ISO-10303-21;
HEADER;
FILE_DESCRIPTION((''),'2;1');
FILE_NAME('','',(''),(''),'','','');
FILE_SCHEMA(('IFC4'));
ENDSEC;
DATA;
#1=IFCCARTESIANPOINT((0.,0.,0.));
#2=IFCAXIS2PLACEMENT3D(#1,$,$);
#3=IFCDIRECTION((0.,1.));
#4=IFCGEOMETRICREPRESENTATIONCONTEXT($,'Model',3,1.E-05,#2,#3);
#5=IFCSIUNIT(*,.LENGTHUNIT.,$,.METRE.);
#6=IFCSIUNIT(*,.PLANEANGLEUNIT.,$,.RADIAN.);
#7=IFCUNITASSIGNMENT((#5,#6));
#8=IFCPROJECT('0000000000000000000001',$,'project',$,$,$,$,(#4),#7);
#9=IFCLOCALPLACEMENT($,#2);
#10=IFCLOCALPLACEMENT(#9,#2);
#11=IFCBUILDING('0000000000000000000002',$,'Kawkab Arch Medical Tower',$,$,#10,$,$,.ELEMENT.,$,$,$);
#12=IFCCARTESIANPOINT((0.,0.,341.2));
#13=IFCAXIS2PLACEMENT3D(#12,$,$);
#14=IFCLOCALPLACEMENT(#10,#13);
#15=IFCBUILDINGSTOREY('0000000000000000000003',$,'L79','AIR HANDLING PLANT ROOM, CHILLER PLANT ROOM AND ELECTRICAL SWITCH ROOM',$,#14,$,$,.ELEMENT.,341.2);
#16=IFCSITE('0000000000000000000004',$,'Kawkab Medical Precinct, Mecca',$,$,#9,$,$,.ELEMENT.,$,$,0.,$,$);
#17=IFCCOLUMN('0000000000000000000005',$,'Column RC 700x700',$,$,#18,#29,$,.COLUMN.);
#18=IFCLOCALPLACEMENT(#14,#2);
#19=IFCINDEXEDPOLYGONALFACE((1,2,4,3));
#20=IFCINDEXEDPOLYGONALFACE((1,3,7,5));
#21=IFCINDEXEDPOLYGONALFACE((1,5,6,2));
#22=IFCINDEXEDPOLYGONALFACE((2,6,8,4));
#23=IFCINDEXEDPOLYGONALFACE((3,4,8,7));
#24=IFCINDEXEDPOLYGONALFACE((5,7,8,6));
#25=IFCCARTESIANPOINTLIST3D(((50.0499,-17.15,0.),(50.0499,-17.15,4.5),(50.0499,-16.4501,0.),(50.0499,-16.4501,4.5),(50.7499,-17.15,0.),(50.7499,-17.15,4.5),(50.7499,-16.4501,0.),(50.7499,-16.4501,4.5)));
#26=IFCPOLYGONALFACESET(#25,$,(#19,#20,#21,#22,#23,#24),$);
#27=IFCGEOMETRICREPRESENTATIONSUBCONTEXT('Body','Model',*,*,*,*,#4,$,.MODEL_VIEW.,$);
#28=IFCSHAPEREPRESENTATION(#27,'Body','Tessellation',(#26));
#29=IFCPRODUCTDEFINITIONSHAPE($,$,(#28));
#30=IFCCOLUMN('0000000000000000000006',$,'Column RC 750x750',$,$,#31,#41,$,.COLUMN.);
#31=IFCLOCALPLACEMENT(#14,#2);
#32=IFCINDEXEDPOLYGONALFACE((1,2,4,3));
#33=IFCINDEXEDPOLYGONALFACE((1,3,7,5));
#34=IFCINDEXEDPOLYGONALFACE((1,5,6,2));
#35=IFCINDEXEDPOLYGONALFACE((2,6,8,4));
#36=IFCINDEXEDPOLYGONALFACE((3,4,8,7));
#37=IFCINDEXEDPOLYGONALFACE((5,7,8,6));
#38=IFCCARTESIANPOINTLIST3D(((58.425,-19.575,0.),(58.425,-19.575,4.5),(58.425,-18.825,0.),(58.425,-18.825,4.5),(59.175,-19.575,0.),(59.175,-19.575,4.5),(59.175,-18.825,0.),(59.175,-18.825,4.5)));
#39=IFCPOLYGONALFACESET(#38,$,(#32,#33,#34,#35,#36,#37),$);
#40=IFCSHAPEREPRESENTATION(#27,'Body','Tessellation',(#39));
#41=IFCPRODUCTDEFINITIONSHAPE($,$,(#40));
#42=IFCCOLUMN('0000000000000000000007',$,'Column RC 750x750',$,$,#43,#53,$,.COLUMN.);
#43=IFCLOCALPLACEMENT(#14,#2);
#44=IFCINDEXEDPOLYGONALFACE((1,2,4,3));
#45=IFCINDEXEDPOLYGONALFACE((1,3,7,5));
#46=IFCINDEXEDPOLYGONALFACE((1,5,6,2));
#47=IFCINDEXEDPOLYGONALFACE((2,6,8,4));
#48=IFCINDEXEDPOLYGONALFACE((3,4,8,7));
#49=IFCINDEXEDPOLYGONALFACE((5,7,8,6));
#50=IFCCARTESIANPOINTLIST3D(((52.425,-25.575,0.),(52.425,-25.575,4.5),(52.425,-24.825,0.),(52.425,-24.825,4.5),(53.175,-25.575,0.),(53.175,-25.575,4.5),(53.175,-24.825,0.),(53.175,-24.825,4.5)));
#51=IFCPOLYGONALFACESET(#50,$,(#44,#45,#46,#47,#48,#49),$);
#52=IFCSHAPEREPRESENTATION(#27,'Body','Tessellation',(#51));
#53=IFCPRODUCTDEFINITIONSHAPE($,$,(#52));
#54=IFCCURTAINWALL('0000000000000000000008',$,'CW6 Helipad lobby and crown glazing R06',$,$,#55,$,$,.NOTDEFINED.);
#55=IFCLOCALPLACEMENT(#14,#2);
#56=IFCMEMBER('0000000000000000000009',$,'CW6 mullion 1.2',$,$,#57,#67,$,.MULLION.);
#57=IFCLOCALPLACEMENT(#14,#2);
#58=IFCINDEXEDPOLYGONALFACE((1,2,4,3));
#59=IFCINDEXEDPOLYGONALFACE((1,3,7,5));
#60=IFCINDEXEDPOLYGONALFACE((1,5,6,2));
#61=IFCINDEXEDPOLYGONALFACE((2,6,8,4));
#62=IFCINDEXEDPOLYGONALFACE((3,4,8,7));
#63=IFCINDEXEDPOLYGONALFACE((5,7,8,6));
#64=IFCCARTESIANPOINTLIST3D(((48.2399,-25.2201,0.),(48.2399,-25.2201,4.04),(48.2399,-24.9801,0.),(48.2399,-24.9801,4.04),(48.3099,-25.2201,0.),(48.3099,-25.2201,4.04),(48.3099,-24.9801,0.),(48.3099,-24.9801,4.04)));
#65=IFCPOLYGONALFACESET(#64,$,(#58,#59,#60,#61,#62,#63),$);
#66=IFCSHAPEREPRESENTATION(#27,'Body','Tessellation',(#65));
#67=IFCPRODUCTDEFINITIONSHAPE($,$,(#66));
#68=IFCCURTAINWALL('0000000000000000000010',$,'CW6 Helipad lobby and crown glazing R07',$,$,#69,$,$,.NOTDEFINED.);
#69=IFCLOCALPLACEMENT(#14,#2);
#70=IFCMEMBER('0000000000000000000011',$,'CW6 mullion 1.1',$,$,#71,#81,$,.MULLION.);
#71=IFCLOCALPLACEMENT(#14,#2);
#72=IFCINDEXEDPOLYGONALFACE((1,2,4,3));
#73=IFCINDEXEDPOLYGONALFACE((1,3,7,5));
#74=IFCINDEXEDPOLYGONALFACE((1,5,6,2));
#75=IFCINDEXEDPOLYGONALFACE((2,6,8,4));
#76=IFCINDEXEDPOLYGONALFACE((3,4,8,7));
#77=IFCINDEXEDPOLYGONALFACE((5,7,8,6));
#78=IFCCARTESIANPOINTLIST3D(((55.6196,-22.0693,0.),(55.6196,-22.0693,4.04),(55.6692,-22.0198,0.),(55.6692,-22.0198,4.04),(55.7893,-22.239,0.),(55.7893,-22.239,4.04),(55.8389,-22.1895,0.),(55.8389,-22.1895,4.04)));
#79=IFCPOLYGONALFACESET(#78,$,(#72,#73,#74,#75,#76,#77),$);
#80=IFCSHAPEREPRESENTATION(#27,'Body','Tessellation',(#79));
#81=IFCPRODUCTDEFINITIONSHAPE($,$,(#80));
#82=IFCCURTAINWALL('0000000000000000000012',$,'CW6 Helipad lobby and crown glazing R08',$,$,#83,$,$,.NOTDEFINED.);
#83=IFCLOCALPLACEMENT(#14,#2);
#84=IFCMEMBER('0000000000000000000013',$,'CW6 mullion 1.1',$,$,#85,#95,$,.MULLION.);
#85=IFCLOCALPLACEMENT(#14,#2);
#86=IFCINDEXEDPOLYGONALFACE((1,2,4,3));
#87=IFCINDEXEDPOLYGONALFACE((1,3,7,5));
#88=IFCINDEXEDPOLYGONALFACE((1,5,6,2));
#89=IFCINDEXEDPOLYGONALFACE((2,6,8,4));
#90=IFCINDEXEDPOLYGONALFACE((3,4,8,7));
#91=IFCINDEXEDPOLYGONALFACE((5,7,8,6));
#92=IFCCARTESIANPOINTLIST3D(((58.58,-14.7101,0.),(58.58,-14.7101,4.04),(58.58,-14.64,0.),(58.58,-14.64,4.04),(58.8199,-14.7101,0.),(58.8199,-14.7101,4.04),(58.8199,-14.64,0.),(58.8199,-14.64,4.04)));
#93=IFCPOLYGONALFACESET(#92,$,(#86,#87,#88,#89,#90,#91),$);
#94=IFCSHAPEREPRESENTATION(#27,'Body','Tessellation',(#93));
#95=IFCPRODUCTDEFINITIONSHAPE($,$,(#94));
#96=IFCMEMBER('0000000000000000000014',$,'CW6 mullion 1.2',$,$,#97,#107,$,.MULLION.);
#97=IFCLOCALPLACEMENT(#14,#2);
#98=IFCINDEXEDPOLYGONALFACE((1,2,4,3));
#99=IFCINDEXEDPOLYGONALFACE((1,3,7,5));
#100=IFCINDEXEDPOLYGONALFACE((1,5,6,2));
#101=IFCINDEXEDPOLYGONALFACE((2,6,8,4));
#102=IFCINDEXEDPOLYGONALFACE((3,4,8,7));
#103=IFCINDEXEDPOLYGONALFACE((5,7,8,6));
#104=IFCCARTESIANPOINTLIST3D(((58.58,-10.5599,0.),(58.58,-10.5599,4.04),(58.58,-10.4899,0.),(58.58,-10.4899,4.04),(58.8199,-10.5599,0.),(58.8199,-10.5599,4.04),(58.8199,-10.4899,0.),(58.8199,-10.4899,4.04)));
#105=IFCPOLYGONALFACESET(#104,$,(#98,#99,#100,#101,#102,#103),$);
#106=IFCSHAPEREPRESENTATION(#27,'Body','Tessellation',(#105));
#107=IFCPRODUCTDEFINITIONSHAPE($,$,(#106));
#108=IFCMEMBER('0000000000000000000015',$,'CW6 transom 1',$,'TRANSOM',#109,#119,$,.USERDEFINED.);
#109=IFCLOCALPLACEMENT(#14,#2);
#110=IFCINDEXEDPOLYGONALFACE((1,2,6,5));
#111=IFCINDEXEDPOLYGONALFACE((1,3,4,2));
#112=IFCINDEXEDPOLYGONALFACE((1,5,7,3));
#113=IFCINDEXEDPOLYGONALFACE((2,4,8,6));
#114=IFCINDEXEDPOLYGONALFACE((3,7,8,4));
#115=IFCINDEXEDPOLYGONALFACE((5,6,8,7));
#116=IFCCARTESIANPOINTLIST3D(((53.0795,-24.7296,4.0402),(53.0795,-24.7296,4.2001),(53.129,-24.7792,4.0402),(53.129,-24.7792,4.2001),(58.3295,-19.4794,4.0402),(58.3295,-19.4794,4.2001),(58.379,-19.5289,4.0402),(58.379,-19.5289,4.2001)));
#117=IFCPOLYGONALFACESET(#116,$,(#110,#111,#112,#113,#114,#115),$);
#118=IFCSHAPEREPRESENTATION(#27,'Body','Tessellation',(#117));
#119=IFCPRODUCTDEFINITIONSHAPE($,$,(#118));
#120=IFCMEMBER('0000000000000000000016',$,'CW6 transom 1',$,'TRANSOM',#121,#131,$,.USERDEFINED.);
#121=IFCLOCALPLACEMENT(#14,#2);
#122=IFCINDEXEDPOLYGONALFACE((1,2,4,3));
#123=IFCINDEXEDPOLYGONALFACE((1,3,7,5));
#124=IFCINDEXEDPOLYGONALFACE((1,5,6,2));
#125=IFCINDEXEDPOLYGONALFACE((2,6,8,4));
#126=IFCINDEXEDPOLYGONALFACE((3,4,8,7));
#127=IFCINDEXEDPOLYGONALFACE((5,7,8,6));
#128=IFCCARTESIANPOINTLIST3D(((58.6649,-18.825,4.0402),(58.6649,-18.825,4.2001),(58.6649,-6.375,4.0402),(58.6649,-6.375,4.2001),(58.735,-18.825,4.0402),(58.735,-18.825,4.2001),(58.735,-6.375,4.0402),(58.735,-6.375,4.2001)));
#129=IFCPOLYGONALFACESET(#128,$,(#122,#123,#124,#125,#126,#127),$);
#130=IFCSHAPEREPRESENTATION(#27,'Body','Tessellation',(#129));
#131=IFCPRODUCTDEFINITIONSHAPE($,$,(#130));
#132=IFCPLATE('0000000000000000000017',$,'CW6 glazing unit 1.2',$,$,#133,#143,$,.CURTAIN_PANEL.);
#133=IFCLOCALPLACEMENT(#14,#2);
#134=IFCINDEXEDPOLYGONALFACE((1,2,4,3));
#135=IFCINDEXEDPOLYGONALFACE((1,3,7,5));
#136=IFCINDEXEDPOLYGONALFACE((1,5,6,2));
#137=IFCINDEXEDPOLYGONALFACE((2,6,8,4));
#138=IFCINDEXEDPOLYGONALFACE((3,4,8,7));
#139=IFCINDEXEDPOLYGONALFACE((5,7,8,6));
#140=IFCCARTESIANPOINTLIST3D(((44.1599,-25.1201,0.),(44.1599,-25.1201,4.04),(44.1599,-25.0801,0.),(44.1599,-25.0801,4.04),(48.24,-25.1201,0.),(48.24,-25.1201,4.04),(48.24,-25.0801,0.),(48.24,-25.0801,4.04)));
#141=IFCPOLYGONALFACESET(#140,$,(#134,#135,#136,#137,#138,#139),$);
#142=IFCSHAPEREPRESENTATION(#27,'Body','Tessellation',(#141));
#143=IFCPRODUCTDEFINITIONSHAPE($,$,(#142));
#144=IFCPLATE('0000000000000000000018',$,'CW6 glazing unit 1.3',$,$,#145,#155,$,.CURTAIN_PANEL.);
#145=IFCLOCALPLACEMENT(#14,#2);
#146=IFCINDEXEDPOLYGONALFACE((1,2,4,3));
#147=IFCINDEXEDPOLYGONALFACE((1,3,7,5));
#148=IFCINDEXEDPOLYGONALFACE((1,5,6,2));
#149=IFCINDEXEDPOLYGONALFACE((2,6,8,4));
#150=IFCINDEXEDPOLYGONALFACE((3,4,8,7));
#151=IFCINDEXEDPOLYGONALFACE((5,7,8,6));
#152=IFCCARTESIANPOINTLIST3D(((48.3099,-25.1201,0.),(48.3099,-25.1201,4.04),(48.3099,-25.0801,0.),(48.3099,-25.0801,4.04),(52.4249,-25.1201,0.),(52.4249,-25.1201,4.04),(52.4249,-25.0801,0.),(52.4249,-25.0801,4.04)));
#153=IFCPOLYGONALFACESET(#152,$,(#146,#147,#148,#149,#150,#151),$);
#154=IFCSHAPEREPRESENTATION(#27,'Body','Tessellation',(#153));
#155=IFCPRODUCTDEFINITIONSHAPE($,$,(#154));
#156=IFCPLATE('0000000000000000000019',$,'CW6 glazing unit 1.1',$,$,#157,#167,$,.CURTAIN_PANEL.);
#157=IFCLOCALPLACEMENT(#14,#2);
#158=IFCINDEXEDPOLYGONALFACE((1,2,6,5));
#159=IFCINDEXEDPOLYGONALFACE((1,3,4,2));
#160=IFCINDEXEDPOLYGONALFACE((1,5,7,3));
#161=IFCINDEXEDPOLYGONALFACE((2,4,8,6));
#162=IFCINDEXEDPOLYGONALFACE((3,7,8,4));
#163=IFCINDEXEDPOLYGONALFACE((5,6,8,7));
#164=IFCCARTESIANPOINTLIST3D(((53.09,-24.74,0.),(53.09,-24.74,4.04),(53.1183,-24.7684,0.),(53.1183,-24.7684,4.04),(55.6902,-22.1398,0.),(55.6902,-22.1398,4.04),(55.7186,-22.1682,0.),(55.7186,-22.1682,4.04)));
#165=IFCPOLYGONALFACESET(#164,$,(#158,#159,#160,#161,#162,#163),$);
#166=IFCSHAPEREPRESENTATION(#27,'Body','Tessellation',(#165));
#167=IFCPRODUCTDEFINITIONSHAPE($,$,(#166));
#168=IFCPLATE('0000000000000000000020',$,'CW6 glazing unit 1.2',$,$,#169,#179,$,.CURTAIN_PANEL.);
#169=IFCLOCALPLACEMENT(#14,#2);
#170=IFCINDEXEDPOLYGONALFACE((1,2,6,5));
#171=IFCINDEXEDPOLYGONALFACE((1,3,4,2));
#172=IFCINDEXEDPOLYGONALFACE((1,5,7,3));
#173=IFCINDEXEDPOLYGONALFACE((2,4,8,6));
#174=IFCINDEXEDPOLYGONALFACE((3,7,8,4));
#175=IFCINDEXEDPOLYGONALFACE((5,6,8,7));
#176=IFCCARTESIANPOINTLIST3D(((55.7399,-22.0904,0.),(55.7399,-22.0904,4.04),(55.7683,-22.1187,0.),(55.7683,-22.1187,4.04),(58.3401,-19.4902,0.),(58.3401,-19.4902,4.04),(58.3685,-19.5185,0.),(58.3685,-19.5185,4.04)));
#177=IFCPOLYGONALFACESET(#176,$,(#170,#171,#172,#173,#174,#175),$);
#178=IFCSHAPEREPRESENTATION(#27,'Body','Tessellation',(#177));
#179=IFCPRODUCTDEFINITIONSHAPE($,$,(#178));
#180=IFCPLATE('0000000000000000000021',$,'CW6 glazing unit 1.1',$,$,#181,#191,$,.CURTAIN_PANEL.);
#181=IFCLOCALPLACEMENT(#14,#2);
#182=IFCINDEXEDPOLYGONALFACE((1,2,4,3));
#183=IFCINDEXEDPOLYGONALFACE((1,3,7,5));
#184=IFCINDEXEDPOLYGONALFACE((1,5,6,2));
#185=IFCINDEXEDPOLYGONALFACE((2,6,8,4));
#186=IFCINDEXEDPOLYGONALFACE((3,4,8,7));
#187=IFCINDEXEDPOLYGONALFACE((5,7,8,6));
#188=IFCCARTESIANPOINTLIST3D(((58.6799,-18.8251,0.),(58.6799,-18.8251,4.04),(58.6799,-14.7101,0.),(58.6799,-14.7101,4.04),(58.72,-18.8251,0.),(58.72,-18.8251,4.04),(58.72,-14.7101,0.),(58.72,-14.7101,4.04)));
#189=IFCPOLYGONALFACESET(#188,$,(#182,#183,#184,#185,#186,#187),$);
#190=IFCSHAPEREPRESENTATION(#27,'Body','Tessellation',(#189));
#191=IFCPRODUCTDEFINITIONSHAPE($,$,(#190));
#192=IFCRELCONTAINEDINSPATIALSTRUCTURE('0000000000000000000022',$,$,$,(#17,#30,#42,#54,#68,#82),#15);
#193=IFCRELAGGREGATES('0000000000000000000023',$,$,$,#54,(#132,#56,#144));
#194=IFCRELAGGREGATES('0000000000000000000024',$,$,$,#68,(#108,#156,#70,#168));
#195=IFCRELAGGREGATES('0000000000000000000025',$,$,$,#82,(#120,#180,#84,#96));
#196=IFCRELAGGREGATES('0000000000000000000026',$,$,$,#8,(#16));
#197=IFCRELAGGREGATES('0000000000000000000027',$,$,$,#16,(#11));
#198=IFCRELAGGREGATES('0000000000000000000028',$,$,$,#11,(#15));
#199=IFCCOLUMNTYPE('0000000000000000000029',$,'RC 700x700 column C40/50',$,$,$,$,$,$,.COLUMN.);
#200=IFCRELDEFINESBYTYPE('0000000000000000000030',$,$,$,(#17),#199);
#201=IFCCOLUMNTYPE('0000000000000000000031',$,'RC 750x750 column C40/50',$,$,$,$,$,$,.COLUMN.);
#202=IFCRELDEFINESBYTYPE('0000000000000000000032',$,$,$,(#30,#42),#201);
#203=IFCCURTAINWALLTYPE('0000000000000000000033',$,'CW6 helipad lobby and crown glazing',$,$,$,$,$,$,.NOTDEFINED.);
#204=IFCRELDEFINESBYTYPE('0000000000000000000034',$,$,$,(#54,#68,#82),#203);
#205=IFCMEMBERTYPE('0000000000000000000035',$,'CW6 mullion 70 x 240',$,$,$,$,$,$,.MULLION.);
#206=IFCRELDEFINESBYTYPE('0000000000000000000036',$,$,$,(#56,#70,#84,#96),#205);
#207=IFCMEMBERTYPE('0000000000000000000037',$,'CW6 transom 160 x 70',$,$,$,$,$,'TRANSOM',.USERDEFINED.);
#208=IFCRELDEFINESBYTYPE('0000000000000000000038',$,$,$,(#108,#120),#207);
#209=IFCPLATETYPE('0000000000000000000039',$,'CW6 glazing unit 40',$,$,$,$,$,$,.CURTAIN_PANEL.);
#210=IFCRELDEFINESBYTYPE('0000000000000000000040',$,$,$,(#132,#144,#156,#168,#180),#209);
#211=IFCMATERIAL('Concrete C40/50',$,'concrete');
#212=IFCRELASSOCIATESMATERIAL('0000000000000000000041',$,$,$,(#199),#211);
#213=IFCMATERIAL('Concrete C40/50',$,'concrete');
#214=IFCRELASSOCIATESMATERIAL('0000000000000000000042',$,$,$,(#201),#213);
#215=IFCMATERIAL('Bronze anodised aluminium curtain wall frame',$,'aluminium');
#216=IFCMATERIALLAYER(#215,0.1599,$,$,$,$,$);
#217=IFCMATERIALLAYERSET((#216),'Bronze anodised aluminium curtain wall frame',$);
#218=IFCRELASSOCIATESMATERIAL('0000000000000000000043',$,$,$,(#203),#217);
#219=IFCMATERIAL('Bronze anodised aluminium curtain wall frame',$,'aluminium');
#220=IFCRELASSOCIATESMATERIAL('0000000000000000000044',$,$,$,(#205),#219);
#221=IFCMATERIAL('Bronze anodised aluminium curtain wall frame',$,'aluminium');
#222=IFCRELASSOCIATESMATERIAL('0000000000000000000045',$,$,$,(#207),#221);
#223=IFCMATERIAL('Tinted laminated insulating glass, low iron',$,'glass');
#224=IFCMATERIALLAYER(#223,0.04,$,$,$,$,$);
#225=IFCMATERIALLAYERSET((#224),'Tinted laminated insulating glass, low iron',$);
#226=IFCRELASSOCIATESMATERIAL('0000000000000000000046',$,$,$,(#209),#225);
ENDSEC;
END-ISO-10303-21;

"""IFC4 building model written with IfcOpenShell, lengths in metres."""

from ifc_helpers import new_model, si_unit, direction, frame, origin, origin_2d, place, context, subcontext, project, spatial, rectangle, extrude, material, layer, layer_set, material_profile, profile_set, type_object, element, aggregate, save


model = new_model("IFC4")

# Units and contexts
model_context = context("Model", 3, precision=1e-05, world=origin(), true_north=direction((0.0, 1.0)))
body_context = subcontext(model_context, "Body", "Model", "MODEL_VIEW")
ifc_project = project(units=[si_unit("LENGTHUNIT", "METRE"), si_unit("PLANEANGLEUNIT", "RADIAN")], contexts=[model_context])

# Site, building, storey
site_placement = place(None, origin())
site = spatial("IfcSite", under=ifc_project, at=site_placement, Name="Kawkab Medical Precinct, Mecca", CompositionType="ELEMENT", RefElevation=0.0)
building_placement = place(site_placement, origin())
building = spatial("IfcBuilding", under=site, at=building_placement, Name="Kawkab Arch Medical Tower", CompositionType="ELEMENT")
storey_placement = place(building_placement, frame((0.0, 0.0, 341.2)))
storey = spatial("IfcBuildingStorey", under=building, at=storey_placement, Name="L79", Description="AIR HANDLING PLANT ROOM, CHILLER PLANT ROOM AND ELECTRICAL SWITCH ROOM", CompositionType="ELEMENT", Elevation=341.2)

# Columns
ifc_material_1 = material(Name="Concrete C40/50", Category="concrete")
ifc_material_profile_1 = material_profile(ifc_material_1, rectangle(XDim=0.7, YDim=0.7, at=origin_2d()), Name="RC 700x700")
ifc_profile_set_1 = profile_set([ifc_material_profile_1], Name="Concrete C40/50")
column_type_1 = type_object("IfcColumnType", Name="RC 700x700 column C40/50", PredefinedType="COLUMN", material=ifc_profile_set_1)
column_placement = place(storey_placement, frame((50.3999, -16.8, 0.0), z_axis=(0.0, 0.0, 1.0), x_axis=(1.0, 0.0, 0.0)))
element("IfcColumn", 1, at=column_placement, inside=storey, type_object=column_type_1, Name="Column RC 700x700", PredefinedType="COLUMN", context=body_context, shape_type="SweptSolid", body=[
    extrude(rectangle(XDim=0.7, YDim=0.7, at=origin_2d()), origin(), (0.0, 0.0, 1.0), 4.5),
])
ifc_material_2 = material(Name="Concrete C40/50", Category="concrete")
ifc_material_profile_2 = material_profile(ifc_material_2, rectangle(XDim=0.75, YDim=0.75, at=origin_2d()), Name="RC 750x750")
ifc_profile_set_2 = profile_set([ifc_material_profile_2], Name="Concrete C40/50")
column_type_2 = type_object("IfcColumnType", Name="RC 750x750 column C40/50", PredefinedType="COLUMN", material=ifc_profile_set_2)
for number, where, z_axis, x_axis, name in (
    (2, (58.8, -19.2, 0.0), (0.0, 0.0, 1.0), (1.0, 0.0, 0.0), "Column RC 750x750"),
    (3, (52.8, -25.2, 0.0), (0.0, 0.0, 1.0), (1.0, 0.0, 0.0), "Column RC 750x750"),
):
    element("IfcColumn", number, at=place(storey_placement, frame(where, z_axis=z_axis, x_axis=x_axis)), inside=storey, type_object=column_type_2, Name=name, PredefinedType="COLUMN", context=body_context, shape_type="SweptSolid", body=[
        extrude(rectangle(XDim=0.75, YDim=0.75, at=origin_2d()), origin(), (0.0, 0.0, 1.0), 4.5),
    ])

# Curtain walls, members
ifc_material_3 = material(Name="Bronze anodised aluminium curtain wall frame", Category="aluminium")
ifc_layer_1 = layer(ifc_material_3, 0.1599)
ifc_layer_set_1 = layer_set([ifc_layer_1], Name="Bronze anodised aluminium curtain wall frame")
curtain_wall_type = type_object("IfcCurtainWallType", Name="CW6 helipad lobby and crown glazing", PredefinedType="NOTDEFINED", material=ifc_layer_set_1)
placement = place(storey_placement, origin())
curtain_wall_1 = element("IfcCurtainWall", 4, at=placement, inside=storey, type_object=curtain_wall_type, Name="CW6 Helipad lobby and crown glazing R06", PredefinedType="NOTDEFINED")
ifc_material_4 = material(Name="Bronze anodised aluminium curtain wall frame", Category="aluminium")
ifc_material_profile_3 = material_profile(ifc_material_4, rectangle(XDim=0.24, YDim=0.0701, at=origin_2d()), Name="AL 70x240")
ifc_profile_set_3 = profile_set([ifc_material_profile_3], Name="Bronze anodised aluminium curtain wall frame")
member_type_1 = type_object("IfcMemberType", Name="CW6 mullion 70 x 240", PredefinedType="MULLION", material=ifc_profile_set_3)
member_1_placement = place(storey_placement, frame((48.2749, -25.1001, 0.0), z_axis=(0.0, 0.0, 1.0), x_axis=(0.0, 1.0, 0.0)))
member_1 = element("IfcMember", 5, at=member_1_placement, type_object=member_type_1, Name="CW6 mullion 1.2", PredefinedType="MULLION", context=body_context, shape_type="SweptSolid", body=[
    extrude(rectangle(XDim=0.24, YDim=0.0701, at=origin_2d()), origin(), (0.0, 0.0, 1.0), 4.04),
])
curtain_wall_2 = element("IfcCurtainWall", 6, at=placement, inside=storey, type_object=curtain_wall_type, Name="CW6 Helipad lobby and crown glazing R07", PredefinedType="NOTDEFINED")
member_2_placement = place(storey_placement, frame((55.7292, -22.1294, 0.0), z_axis=(0.0, 0.0, 1.0), x_axis=(-0.707107, 0.707107, 0.0)))
member_2 = element("IfcMember", 7, at=member_2_placement, type_object=member_type_1, Name="CW6 mullion 1.1", PredefinedType="MULLION", context=body_context, shape_type="SweptSolid", body=[
    extrude(rectangle(XDim=0.24, YDim=0.0701, at=origin_2d()), origin(), (0.0, 0.0, 1.0), 4.04),
])

# Curtain wall, members
curtain_wall_3 = element("IfcCurtainWall", 8, at=placement, inside=storey, type_object=curtain_wall_type, Name="CW6 Helipad lobby and crown glazing R08", PredefinedType="NOTDEFINED")
member_3_placement = place(storey_placement, frame((58.7, -14.675, 0.0), z_axis=(0.0, 0.0, 1.0), x_axis=(-1.0, 0.0, 0.0)))
member_3 = element("IfcMember", 9, at=member_3_placement, type_object=member_type_1, Name="CW6 mullion 1.1", PredefinedType="MULLION", context=body_context, shape_type="SweptSolid", body=[
    extrude(rectangle(XDim=0.24, YDim=0.0701, at=origin_2d()), origin(), (0.0, 0.0, 1.0), 4.04),
])
member_4_placement = place(storey_placement, frame((58.7, -10.5249, 0.0), z_axis=(0.0, 0.0, 1.0), x_axis=(-1.0, 0.0, 0.0)))
member_4 = element("IfcMember", 10, at=member_4_placement, type_object=member_type_1, Name="CW6 mullion 1.2", PredefinedType="MULLION", context=body_context, shape_type="SweptSolid", body=[
    extrude(rectangle(XDim=0.24, YDim=0.0701, at=origin_2d()), origin(), (0.0, 0.0, 1.0), 4.04),
])

# Members
ifc_material_5 = material(Name="Bronze anodised aluminium curtain wall frame", Category="aluminium")
ifc_material_profile_4 = material_profile(ifc_material_5, rectangle(XDim=0.0701, YDim=0.1599, at=origin_2d()), Name="AL 70x160")
ifc_profile_set_4 = profile_set([ifc_material_profile_4], Name="Bronze anodised aluminium curtain wall frame")
member_type_2 = type_object("IfcMemberType", Name="CW6 transom 160 x 70", ElementType="TRANSOM", PredefinedType="USERDEFINED", material=ifc_profile_set_4)
member_5_placement = place(storey_placement, frame((53.1042, -24.7544, 4.1201), z_axis=(0.70709, 0.707123, 0.0), x_axis=(-0.707123, 0.70709, 0.0)))
member_5 = element("IfcMember", 11, at=member_5_placement, type_object=member_type_2, Name="CW6 transom 1", ObjectType="TRANSOM", PredefinedType="USERDEFINED", context=body_context, shape_type="SweptSolid", body=[
    extrude(rectangle(XDim=0.0701, YDim=0.1599, at=origin_2d()), origin(), (0.0, 0.0, 1.0), 7.4248),
])
member_6_placement = place(storey_placement, frame((58.7, -18.825, 4.1201), z_axis=(0.0, 1.0, 0.0), x_axis=(-1.0, 0.0, 0.0)))
member_6 = element("IfcMember", 12, at=member_6_placement, type_object=member_type_2, Name="CW6 transom 1", ObjectType="TRANSOM", PredefinedType="USERDEFINED", context=body_context, shape_type="SweptSolid", body=[
    extrude(rectangle(XDim=0.0701, YDim=0.1599, at=origin_2d()), origin(), (0.0, 0.0, 1.0), 12.45),
])

# Plates
ifc_material_6 = material(Name="Tinted laminated insulating glass, low iron", Category="glass")
ifc_layer_2 = layer(ifc_material_6, 0.04)
ifc_layer_set_2 = layer_set([ifc_layer_2], Name="Tinted laminated insulating glass, low iron")
plate_type_1 = type_object("IfcPlateType", Name="CW6 glazing unit 40", PredefinedType="CURTAIN_PANEL", material=ifc_layer_set_2)
plate_1_placement = place(storey_placement, frame((46.2, -25.1001, 0.0), z_axis=(0.0, 0.0, 1.0), x_axis=(1.0, 0.0, 0.0)))
plate_1 = element("IfcPlate", 13, at=plate_1_placement, type_object=plate_type_1, Name="CW6 glazing unit 1.2", PredefinedType="CURTAIN_PANEL", context=body_context, shape_type="SweptSolid", body=[
    extrude(rectangle(XDim=4.0801, YDim=0.04, at=origin_2d()), origin(), (0.0, 0.0, 1.0), 4.04),
])
plate_2_placement = place(storey_placement, frame((50.3674, -25.1001, 0.0), z_axis=(0.0, 0.0, 1.0), x_axis=(1.0, 0.0, 0.0)))
plate_2 = element("IfcPlate", 14, at=plate_2_placement, type_object=plate_type_1, Name="CW6 glazing unit 1.3", PredefinedType="CURTAIN_PANEL", context=body_context, shape_type="SweptSolid", body=[
    extrude(rectangle(XDim=4.115, YDim=0.04, at=origin_2d()), origin(), (0.0, 0.0, 1.0), 4.04),
])
aggregate(curtain_wall_1, [plate_1, member_1, plate_2])
plate_3_placement = place(storey_placement, frame((54.4043, -23.4541, 0.0), z_axis=(0.0, 0.0, 1.0), x_axis=(0.707107, 0.707107, 0.0)))
plate_3 = element("IfcPlate", 15, at=plate_3_placement, type_object=plate_type_1, Name="CW6 glazing unit 1.1", PredefinedType="CURTAIN_PANEL", context=body_context, shape_type="SweptSolid", body=[
    extrude(rectangle(XDim=3.6772, YDim=0.04, at=origin_2d()), origin(), (0.0, 0.0, 1.0), 4.04),
])
plate_4_placement = place(storey_placement, frame((57.0542, -20.8044, 0.0), z_axis=(0.0, 0.0, 1.0), x_axis=(0.707107, 0.707107, 0.0)))
plate_4 = element("IfcPlate", 16, at=plate_4_placement, type_object=plate_type_1, Name="CW6 glazing unit 1.2", PredefinedType="CURTAIN_PANEL", context=body_context, shape_type="SweptSolid", body=[
    extrude(rectangle(XDim=3.6772, YDim=0.04, at=origin_2d()), origin(), (0.0, 0.0, 1.0), 4.04),
])
aggregate(curtain_wall_2, [member_5, plate_3, member_2, plate_4])
plate_5_placement = place(storey_placement, frame((58.7, -16.7676, 0.0), z_axis=(0.0, 0.0, 1.0), x_axis=(0.0, 1.0, 0.0)))
plate_5 = element("IfcPlate", 17, at=plate_5_placement, type_object=plate_type_1, Name="CW6 glazing unit 1.1", PredefinedType="CURTAIN_PANEL", context=body_context, shape_type="SweptSolid", body=[
    extrude(rectangle(XDim=4.115, YDim=0.04, at=origin_2d()), origin(), (0.0, 0.0, 1.0), 4.04),
])
aggregate(curtain_wall_3, [member_6, plate_5, member_3, member_4])

save(model, "model.ifc")
